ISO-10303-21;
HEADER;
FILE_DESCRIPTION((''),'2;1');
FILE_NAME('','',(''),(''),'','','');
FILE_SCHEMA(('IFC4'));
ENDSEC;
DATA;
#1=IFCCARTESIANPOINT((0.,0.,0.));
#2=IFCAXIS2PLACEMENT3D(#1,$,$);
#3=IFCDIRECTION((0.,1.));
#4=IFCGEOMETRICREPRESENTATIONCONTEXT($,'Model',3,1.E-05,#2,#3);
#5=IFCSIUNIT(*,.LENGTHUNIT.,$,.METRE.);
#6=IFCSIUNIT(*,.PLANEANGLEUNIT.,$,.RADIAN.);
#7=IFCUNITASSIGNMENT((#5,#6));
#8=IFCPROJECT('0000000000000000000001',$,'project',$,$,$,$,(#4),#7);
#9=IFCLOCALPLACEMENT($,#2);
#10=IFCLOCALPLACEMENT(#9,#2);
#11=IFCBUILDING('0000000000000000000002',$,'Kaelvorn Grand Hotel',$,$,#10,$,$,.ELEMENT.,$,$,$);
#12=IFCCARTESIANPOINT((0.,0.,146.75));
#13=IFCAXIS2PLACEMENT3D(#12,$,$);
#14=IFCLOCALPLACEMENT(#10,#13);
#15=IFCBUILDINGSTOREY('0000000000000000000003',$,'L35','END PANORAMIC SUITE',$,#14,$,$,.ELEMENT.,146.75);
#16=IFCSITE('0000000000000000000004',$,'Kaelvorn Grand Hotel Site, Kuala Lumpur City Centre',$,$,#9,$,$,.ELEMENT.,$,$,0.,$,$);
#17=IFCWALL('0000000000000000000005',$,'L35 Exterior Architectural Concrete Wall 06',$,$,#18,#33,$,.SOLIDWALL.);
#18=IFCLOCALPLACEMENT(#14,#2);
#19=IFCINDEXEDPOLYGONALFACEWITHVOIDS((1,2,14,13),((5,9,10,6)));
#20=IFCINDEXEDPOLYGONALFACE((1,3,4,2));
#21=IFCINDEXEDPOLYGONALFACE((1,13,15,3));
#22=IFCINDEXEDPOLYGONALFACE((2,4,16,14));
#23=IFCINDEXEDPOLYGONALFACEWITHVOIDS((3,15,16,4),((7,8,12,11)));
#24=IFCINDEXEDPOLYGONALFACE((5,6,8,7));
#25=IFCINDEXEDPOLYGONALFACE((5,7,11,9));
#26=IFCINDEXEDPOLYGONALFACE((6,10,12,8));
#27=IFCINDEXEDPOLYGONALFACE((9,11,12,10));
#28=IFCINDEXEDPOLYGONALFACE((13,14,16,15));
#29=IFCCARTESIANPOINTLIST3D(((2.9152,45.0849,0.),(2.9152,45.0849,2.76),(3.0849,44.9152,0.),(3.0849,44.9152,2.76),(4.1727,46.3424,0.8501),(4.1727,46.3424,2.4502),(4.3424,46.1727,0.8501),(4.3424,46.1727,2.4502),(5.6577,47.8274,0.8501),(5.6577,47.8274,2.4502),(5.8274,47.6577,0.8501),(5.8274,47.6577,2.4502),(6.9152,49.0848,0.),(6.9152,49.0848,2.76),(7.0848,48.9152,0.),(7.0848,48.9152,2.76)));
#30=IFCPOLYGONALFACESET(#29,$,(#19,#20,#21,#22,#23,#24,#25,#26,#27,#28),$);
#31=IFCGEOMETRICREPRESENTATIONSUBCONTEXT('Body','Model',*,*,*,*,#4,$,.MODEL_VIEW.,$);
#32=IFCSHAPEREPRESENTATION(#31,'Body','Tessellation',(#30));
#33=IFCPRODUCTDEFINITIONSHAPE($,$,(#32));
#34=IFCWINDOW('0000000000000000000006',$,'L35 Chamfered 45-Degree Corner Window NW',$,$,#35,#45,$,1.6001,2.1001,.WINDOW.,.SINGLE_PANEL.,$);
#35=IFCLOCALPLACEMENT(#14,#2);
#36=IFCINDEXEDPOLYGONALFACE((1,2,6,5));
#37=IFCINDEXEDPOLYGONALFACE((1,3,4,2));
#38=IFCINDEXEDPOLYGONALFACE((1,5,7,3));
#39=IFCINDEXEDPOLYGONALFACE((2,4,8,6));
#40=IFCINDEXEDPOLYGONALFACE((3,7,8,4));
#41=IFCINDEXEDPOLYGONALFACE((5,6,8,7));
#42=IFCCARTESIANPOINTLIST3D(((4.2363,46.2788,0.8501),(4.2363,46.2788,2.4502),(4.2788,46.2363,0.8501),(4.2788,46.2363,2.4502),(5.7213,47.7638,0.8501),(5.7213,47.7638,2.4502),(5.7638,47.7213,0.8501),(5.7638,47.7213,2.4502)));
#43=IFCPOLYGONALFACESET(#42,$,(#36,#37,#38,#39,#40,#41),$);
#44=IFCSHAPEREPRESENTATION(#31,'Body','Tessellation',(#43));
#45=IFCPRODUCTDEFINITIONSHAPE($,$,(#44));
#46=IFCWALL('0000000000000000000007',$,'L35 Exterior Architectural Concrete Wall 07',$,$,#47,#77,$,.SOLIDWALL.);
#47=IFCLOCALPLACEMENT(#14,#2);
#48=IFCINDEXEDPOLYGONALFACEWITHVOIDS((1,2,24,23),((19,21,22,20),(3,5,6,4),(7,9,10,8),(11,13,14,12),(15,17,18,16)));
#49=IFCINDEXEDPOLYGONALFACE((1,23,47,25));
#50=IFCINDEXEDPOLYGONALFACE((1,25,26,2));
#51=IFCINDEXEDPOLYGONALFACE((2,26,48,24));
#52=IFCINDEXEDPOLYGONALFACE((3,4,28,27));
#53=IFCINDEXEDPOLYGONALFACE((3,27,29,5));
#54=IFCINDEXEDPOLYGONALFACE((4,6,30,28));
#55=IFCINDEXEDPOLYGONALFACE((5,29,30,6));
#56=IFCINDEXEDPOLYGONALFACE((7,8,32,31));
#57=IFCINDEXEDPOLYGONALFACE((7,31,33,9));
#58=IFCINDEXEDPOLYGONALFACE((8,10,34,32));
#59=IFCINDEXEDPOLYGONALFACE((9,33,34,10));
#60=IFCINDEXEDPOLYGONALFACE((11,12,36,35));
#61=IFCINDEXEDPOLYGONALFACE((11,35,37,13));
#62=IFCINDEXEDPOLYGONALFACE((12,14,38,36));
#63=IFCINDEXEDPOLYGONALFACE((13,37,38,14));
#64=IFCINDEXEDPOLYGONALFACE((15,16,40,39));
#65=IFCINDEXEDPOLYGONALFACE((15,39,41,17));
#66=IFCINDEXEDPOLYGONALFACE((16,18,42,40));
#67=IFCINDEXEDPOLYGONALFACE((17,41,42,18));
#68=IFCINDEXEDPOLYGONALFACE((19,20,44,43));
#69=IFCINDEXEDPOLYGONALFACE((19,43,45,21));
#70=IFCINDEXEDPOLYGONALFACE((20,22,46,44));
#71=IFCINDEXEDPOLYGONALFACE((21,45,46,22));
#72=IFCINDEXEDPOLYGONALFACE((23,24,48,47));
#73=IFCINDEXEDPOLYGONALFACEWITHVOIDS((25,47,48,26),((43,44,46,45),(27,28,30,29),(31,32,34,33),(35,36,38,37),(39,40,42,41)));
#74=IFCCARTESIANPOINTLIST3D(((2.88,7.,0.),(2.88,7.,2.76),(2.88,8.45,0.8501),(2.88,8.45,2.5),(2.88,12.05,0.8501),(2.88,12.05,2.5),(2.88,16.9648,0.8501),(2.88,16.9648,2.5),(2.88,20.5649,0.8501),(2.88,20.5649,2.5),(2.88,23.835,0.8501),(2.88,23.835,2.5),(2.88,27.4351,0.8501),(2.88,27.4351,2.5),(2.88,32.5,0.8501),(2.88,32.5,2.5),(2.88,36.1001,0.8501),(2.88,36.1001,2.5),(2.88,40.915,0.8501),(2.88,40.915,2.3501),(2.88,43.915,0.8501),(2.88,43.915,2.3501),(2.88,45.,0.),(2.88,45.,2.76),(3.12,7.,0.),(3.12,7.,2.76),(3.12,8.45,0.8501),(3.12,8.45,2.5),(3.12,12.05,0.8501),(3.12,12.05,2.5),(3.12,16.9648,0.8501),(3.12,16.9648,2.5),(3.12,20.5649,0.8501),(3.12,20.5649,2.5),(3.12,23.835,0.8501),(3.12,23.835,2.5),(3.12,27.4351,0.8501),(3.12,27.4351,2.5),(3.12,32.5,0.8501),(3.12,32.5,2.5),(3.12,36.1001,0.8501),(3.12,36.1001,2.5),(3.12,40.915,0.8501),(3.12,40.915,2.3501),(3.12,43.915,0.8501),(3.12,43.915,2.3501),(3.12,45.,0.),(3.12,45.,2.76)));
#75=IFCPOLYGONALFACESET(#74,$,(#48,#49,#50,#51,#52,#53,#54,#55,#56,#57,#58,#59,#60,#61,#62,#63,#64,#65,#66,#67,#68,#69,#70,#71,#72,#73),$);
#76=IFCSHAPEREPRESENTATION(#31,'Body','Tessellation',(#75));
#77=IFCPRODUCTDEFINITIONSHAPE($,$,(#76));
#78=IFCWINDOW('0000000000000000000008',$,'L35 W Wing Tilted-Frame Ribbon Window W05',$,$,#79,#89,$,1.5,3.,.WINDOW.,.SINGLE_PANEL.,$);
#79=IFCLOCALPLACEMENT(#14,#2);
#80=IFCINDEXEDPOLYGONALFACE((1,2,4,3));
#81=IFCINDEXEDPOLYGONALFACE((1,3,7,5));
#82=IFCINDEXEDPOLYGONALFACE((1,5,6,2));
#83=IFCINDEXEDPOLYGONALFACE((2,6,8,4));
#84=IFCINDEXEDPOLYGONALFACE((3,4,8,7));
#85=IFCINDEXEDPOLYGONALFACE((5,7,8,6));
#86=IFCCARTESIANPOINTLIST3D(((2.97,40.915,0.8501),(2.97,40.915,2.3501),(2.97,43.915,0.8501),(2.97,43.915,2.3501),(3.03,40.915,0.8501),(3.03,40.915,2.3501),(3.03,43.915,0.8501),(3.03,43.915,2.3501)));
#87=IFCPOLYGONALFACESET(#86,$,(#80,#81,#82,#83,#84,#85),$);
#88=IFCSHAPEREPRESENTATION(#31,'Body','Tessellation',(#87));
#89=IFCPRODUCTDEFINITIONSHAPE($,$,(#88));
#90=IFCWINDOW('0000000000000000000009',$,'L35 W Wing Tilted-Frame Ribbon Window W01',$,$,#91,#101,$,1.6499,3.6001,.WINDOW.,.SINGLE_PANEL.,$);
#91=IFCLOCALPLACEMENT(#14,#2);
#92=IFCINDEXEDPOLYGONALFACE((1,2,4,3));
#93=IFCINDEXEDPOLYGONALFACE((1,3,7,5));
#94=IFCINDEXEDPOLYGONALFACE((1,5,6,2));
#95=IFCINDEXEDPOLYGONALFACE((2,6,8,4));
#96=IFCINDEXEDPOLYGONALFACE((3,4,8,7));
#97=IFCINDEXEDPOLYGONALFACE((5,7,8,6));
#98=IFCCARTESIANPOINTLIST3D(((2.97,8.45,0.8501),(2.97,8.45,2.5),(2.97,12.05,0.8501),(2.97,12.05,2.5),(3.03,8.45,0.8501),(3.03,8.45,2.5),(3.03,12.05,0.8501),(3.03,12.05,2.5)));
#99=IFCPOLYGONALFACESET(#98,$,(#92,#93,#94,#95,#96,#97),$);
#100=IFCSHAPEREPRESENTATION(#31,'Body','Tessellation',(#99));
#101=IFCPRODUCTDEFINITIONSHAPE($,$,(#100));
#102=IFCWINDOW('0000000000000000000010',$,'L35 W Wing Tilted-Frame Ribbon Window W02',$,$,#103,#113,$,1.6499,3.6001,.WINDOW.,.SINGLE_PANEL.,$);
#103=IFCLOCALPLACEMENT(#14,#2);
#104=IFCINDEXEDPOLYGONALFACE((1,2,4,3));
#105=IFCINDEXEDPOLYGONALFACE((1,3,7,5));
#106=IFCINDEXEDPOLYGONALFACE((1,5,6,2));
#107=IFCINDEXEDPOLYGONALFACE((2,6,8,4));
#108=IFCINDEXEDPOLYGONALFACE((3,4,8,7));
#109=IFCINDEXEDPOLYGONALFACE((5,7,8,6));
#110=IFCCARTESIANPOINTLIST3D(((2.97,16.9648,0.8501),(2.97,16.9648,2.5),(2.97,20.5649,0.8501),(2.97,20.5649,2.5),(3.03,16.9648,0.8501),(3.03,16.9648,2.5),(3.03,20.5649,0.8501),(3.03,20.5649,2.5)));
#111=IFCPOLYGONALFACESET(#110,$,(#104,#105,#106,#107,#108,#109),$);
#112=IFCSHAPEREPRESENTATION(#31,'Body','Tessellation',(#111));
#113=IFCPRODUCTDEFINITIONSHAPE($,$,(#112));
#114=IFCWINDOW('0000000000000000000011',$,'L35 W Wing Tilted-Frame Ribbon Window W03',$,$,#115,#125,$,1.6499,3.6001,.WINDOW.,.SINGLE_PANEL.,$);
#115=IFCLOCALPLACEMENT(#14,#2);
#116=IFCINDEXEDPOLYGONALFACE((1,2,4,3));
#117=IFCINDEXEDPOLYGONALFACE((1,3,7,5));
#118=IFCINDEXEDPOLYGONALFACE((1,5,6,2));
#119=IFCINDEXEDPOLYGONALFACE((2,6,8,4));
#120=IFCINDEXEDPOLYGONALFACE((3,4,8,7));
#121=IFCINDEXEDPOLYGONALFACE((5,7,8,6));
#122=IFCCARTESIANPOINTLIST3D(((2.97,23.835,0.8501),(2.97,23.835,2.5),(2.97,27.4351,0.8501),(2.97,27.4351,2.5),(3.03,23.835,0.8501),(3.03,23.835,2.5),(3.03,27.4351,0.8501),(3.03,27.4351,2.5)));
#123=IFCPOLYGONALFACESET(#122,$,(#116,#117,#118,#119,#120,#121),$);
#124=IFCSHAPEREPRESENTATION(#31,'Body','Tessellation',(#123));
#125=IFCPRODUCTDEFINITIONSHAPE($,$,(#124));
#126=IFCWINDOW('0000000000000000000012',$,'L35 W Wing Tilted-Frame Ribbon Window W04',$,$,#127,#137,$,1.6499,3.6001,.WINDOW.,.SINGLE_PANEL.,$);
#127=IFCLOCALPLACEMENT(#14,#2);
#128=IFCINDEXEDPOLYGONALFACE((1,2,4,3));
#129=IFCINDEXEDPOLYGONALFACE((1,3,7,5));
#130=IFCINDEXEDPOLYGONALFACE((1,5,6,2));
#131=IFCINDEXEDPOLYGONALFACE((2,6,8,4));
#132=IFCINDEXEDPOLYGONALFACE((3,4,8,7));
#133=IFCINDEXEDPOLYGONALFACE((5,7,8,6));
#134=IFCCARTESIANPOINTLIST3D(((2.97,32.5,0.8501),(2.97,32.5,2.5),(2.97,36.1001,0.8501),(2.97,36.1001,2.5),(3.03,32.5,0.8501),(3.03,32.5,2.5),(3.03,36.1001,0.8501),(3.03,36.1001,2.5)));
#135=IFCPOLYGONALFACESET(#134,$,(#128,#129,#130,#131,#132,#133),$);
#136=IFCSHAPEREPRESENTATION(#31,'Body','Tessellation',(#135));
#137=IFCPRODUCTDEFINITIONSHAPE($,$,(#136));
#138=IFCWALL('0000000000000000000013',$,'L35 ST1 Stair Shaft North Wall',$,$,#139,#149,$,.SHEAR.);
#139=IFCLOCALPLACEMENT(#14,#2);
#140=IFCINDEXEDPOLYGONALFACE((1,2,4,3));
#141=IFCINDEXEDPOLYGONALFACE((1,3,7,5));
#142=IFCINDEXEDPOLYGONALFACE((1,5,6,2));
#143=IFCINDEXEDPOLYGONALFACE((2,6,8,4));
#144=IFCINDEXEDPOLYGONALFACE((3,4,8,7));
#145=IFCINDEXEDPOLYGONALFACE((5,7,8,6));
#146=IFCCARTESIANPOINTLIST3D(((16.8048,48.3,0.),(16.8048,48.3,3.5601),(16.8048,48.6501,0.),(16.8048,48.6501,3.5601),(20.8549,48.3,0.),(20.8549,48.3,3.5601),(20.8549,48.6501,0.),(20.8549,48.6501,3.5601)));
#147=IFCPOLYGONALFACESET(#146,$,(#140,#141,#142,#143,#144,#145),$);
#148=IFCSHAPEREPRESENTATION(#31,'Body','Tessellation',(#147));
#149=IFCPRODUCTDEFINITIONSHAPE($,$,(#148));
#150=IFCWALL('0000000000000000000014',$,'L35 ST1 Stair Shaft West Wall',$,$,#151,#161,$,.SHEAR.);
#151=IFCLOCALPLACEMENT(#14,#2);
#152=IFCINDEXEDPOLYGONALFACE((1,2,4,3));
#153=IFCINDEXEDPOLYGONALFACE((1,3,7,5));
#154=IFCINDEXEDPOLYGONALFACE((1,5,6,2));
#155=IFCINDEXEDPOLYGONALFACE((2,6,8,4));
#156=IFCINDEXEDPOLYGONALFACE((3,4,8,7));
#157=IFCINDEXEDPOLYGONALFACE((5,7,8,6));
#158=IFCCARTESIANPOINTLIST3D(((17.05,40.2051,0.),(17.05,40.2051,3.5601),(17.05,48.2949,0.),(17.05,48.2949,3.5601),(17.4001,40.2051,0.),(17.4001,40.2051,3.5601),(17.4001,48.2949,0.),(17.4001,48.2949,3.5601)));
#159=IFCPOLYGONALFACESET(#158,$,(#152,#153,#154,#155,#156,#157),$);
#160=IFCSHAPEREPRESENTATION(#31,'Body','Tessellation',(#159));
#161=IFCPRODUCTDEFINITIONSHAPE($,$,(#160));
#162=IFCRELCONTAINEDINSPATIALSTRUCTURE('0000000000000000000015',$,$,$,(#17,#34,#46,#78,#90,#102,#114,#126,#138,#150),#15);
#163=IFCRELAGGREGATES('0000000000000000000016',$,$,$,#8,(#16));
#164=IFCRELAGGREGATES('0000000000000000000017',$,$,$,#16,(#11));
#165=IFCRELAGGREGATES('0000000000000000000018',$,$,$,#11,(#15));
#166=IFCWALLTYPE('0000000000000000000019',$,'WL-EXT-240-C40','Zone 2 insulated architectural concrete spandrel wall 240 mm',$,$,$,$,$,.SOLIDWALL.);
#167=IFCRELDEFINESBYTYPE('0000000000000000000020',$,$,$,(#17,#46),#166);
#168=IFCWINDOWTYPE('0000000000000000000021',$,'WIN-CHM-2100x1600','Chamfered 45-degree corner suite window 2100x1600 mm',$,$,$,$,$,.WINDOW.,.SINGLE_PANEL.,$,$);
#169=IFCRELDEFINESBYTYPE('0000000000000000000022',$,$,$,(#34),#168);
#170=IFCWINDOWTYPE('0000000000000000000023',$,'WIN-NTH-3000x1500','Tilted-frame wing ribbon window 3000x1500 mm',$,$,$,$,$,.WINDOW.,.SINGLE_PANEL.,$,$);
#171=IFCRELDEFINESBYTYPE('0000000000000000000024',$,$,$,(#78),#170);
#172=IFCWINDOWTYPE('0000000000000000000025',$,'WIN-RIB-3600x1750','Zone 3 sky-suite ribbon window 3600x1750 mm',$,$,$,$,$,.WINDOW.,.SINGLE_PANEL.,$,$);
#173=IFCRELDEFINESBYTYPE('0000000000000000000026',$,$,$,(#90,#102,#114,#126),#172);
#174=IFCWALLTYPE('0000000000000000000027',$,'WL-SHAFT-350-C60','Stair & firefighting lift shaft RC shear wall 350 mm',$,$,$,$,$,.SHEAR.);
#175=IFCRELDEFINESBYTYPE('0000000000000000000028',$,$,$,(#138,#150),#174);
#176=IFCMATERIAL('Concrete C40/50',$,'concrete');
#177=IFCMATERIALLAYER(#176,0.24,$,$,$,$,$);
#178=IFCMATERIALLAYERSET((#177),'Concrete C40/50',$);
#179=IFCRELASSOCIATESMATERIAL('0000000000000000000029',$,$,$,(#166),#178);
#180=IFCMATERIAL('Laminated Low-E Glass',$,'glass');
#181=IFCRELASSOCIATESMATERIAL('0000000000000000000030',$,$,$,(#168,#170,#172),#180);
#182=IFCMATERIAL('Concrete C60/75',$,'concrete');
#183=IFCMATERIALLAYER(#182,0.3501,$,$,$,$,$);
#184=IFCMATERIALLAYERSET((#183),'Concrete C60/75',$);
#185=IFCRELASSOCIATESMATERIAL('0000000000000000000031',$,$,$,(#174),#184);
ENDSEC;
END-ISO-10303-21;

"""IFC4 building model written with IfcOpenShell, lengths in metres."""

from ifc_helpers import new_model, si_unit, direction, frame, frame_2d, origin, place, context, subcontext, project, spatial, rectangle, extrude, material, layer, layer_set, type_object, element, fill, save


model = new_model("IFC4")

# Units and contexts
model_context = context("Model", 3, precision=1e-05, world=origin(), true_north=direction((0.0, 1.0)))
body_context = subcontext(model_context, "Body", "Model", "MODEL_VIEW")
ifc_project = project(units=[si_unit("LENGTHUNIT", "METRE"), si_unit("PLANEANGLEUNIT", "RADIAN")], contexts=[model_context])

# Site, building, storey
site_placement = place(None, origin())
site = spatial("IfcSite", under=ifc_project, at=site_placement, Name="Kaelvorn Grand Hotel Site, Kuala Lumpur City Centre", CompositionType="ELEMENT", RefElevation=0.0)
building_placement = place(site_placement, origin())
building = spatial("IfcBuilding", under=site, at=building_placement, Name="Kaelvorn Grand Hotel", CompositionType="ELEMENT")
storey_placement = place(building_placement, frame((0.0, 0.0, 146.75)))
storey = spatial("IfcBuildingStorey", under=building, at=storey_placement, Name="L35", Description="END PANORAMIC SUITE", CompositionType="ELEMENT", Elevation=146.75)

# Shared definitions
ifc_material_1 = material(Name="Concrete C60/75", Category="concrete")

# Wall, opening, window
ifc_material_2 = material(Name="Concrete C40/50", Category="concrete")
ifc_layer_1 = layer(ifc_material_2, 0.24)
ifc_layer_set_1 = layer_set([ifc_layer_1], Name="Concrete C40/50")
wall_type_1 = type_object("IfcWallType", Name="WL-EXT-240-C40", Description="Zone 2 insulated architectural concrete spandrel wall 240 mm", PredefinedType="SOLIDWALL", material=ifc_layer_set_1)
wall_1_placement = place(storey_placement, frame((7.0, 49.0, 0.0), z_axis=(0.0, 0.0, 1.0), x_axis=(-0.707107, -0.707107, 0.0)))
wall_1 = element("IfcWall", 1, at=wall_1_placement, inside=storey, type_object=wall_type_1, Name="L35 Exterior Architectural Concrete Wall 06", PredefinedType="SOLIDWALL", context=body_context, shape_type="SweptSolid", body=[
    extrude(rectangle(XDim=5.6567, YDim=0.24, at=frame_2d((2.8284, 0.0))), origin(), (0.0, 0.0, 1.0), 2.76),
])
opening_1_placement = place(wall_1_placement, frame((1.7783, 0.0, 0.8501)))
opening_1 = element("IfcOpeningElement", 2, at=opening_1_placement, cuts=wall_1, PredefinedType="OPENING", context=body_context, shape_type="SweptSolid", body=[
    extrude(rectangle(XDim=2.1001, YDim=1.6001, at=frame_2d((1.05, 0.8))), frame((0.0, 0.1299, 0.0), z_axis=(0.0, -1.0, 0.0), x_axis=(1.0, 0.0, 0.0)), (0.0, 0.0, 1.0), 0.26),
])
ifc_material_3 = material(Name="Laminated Low-E Glass", Category="glass")
window_type_1 = type_object("IfcWindowType", Name="WIN-CHM-2100x1600", Description="Chamfered 45-degree corner suite window 2100x1600 mm", PartitioningType="SINGLE_PANEL", PredefinedType="WINDOW", material=ifc_material_3)
window_1_placement = place(opening_1_placement, origin())
window_1 = element("IfcWindow", 3, at=window_1_placement, inside=storey, type_object=window_type_1, Name="L35 Chamfered 45-Degree Corner Window NW", OverallHeight=1.6001, OverallWidth=2.1001, PartitioningType="SINGLE_PANEL", PredefinedType="WINDOW", context=body_context, shape_type="SweptSolid", body=[
    extrude(rectangle(XDim=2.1001, YDim=1.6001, at=frame_2d((1.05, 0.8))), frame((0.0, 0.03, 0.0), z_axis=(0.0, -1.0, 0.0), x_axis=(1.0, 0.0, 0.0)), (0.0, 0.0, 1.0), 0.0601),
])
fill(opening_1, window_1)

# Wall, openings, windows
wall_2_placement = place(storey_placement, frame((3.0, 45.0, 0.0), z_axis=(0.0, 0.0, 1.0), x_axis=(0.0, -1.0, 0.0)))
wall_2 = element("IfcWall", 4, at=wall_2_placement, inside=storey, type_object=wall_type_1, Name="L35 Exterior Architectural Concrete Wall 07", PredefinedType="SOLIDWALL", context=body_context, shape_type="SweptSolid", body=[
    extrude(rectangle(XDim=38.0, YDim=0.24, at=frame_2d((19.0, 0.0))), origin(), (0.0, 0.0, 1.0), 2.76),
])
opening_2_placement = place(wall_2_placement, frame((32.95, 0.0, 0.8501)))
opening_2 = element("IfcOpeningElement", 5, at=opening_2_placement, cuts=wall_2, PredefinedType="OPENING", context=body_context, shape_type="SweptSolid", body=[
    extrude(rectangle(XDim=3.6001, YDim=1.6499, at=frame_2d((1.8, 0.825))), frame((0.0, 0.1299, 0.0), z_axis=(0.0, -1.0, 0.0), x_axis=(1.0, 0.0, 0.0)), (0.0, 0.0, 1.0), 0.26),
])
opening_3_placement = place(wall_2_placement, frame((24.4351, 0.0, 0.8501)))
opening_3 = element("IfcOpeningElement", 6, at=opening_3_placement, cuts=wall_2, PredefinedType="OPENING", context=body_context, shape_type="SweptSolid", body=[
    extrude(rectangle(XDim=3.6001, YDim=1.6499, at=frame_2d((1.8, 0.825))), frame((0.0, 0.1299, 0.0), z_axis=(0.0, -1.0, 0.0), x_axis=(1.0, 0.0, 0.0)), (0.0, 0.0, 1.0), 0.26),
])
opening_4_placement = place(wall_2_placement, frame((17.5649, 0.0, 0.8501)))
opening_4 = element("IfcOpeningElement", 7, at=opening_4_placement, cuts=wall_2, PredefinedType="OPENING", context=body_context, shape_type="SweptSolid", body=[
    extrude(rectangle(XDim=3.6001, YDim=1.6499, at=frame_2d((1.8, 0.825))), frame((0.0, 0.1299, 0.0), z_axis=(0.0, -1.0, 0.0), x_axis=(1.0, 0.0, 0.0)), (0.0, 0.0, 1.0), 0.26),
])
opening_5_placement = place(wall_2_placement, frame((8.8999, 0.0, 0.8501)))
opening_5 = element("IfcOpeningElement", 8, at=opening_5_placement, cuts=wall_2, PredefinedType="OPENING", context=body_context, shape_type="SweptSolid", body=[
    extrude(rectangle(XDim=3.6001, YDim=1.6499, at=frame_2d((1.8, 0.825))), frame((0.0, 0.1299, 0.0), z_axis=(0.0, -1.0, 0.0), x_axis=(1.0, 0.0, 0.0)), (0.0, 0.0, 1.0), 0.26),
])
opening_6_placement = place(wall_2_placement, frame((1.085, 0.0, 0.8501)))
opening_6 = element("IfcOpeningElement", 9, at=opening_6_placement, cuts=wall_2, PredefinedType="OPENING", context=body_context, shape_type="SweptSolid", body=[
    extrude(rectangle(XDim=3.0, YDim=1.5, at=frame_2d((1.5, 0.75))), frame((0.0, 0.1299, 0.0), z_axis=(0.0, -1.0, 0.0), x_axis=(1.0, 0.0, 0.0)), (0.0, 0.0, 1.0), 0.26),
])
window_type_2 = type_object("IfcWindowType", Name="WIN-NTH-3000x1500", Description="Tilted-frame wing ribbon window 3000x1500 mm", PartitioningType="SINGLE_PANEL", PredefinedType="WINDOW", material=ifc_material_3)
window_2_placement = place(opening_6_placement, origin())
window_2 = element("IfcWindow", 10, at=window_2_placement, inside=storey, type_object=window_type_2, Name="L35 W Wing Tilted-Frame Ribbon Window W05", OverallHeight=1.5, OverallWidth=3.0, PartitioningType="SINGLE_PANEL", PredefinedType="WINDOW", context=body_context, shape_type="SweptSolid", body=[
    extrude(rectangle(XDim=3.0, YDim=1.5, at=frame_2d((1.5, 0.75))), frame((0.0, 0.03, 0.0), z_axis=(0.0, -1.0, 0.0), x_axis=(1.0, 0.0, 0.0)), (0.0, 0.0, 1.0), 0.0601),
])
fill(opening_6, window_2)
window_type_3 = type_object("IfcWindowType", Name="WIN-RIB-3600x1750", Description="Zone 3 sky-suite ribbon window 3600x1750 mm", PartitioningType="SINGLE_PANEL", PredefinedType="WINDOW", material=ifc_material_3)
window_3_placement = place(opening_2_placement, origin())
window_3 = element("IfcWindow", 11, at=window_3_placement, inside=storey, type_object=window_type_3, Name="L35 W Wing Tilted-Frame Ribbon Window W01", OverallHeight=1.6499, OverallWidth=3.6001, PartitioningType="SINGLE_PANEL", PredefinedType="WINDOW", context=body_context, shape_type="SweptSolid", body=[
    extrude(rectangle(XDim=3.6001, YDim=1.6499, at=frame_2d((1.8, 0.825))), frame((0.0, 0.03, 0.0), z_axis=(0.0, -1.0, 0.0), x_axis=(1.0, 0.0, 0.0)), (0.0, 0.0, 1.0), 0.0601),
])
fill(opening_2, window_3)
window_4_placement = place(opening_3_placement, origin())
window_4 = element("IfcWindow", 12, at=window_4_placement, inside=storey, type_object=window_type_3, Name="L35 W Wing Tilted-Frame Ribbon Window W02", OverallHeight=1.6499, OverallWidth=3.6001, PartitioningType="SINGLE_PANEL", PredefinedType="WINDOW", context=body_context, shape_type="SweptSolid", body=[
    extrude(rectangle(XDim=3.6001, YDim=1.6499, at=frame_2d((1.8, 0.825))), frame((0.0, 0.03, 0.0), z_axis=(0.0, -1.0, 0.0), x_axis=(1.0, 0.0, 0.0)), (0.0, 0.0, 1.0), 0.0601),
])
fill(opening_3, window_4)
window_5_placement = place(opening_4_placement, origin())
window_5 = element("IfcWindow", 13, at=window_5_placement, inside=storey, type_object=window_type_3, Name="L35 W Wing Tilted-Frame Ribbon Window W03", OverallHeight=1.6499, OverallWidth=3.6001, PartitioningType="SINGLE_PANEL", PredefinedType="WINDOW", context=body_context, shape_type="SweptSolid", body=[
    extrude(rectangle(XDim=3.6001, YDim=1.6499, at=frame_2d((1.8, 0.825))), frame((0.0, 0.03, 0.0), z_axis=(0.0, -1.0, 0.0), x_axis=(1.0, 0.0, 0.0)), (0.0, 0.0, 1.0), 0.0601),
])
fill(opening_4, window_5)
window_6_placement = place(opening_5_placement, origin())
window_6 = element("IfcWindow", 14, at=window_6_placement, inside=storey, type_object=window_type_3, Name="L35 W Wing Tilted-Frame Ribbon Window W04", OverallHeight=1.6499, OverallWidth=3.6001, PartitioningType="SINGLE_PANEL", PredefinedType="WINDOW", context=body_context, shape_type="SweptSolid", body=[
    extrude(rectangle(XDim=3.6001, YDim=1.6499, at=frame_2d((1.8, 0.825))), frame((0.0, 0.03, 0.0), z_axis=(0.0, -1.0, 0.0), x_axis=(1.0, 0.0, 0.0)), (0.0, 0.0, 1.0), 0.0601),
])
fill(opening_5, window_6)

# Walls
ifc_layer_2 = layer(ifc_material_1, 0.3501)
ifc_layer_set_2 = layer_set([ifc_layer_2], Name="Concrete C60/75")
wall_type_2 = type_object("IfcWallType", Name="WL-SHAFT-350-C60", Description="Stair & firefighting lift shaft RC shear wall 350 mm", PredefinedType="SHEAR", material=ifc_layer_set_2)
wall_3_placement = place(storey_placement, frame((16.8049, 48.4751, 0.0), z_axis=(0.0, 0.0, 1.0), x_axis=(1.0, 0.0, 0.0)))
element("IfcWall", 15, at=wall_3_placement, inside=storey, type_object=wall_type_2, Name="L35 ST1 Stair Shaft North Wall", PredefinedType="SHEAR", context=body_context, shape_type="SweptSolid", body=[
    extrude(rectangle(XDim=4.05, YDim=0.3501, at=frame_2d((2.0249, 0.0))), origin(), (0.0, 0.0, 1.0), 3.5601),
])
wall_4_placement = place(storey_placement, frame((17.2251, 40.2051, 0.0), z_axis=(0.0, 0.0, 1.0), x_axis=(0.0, 1.0, 0.0)))
element("IfcWall", 16, at=wall_4_placement, inside=storey, type_object=wall_type_2, Name="L35 ST1 Stair Shaft West Wall", PredefinedType="SHEAR", context=body_context, shape_type="SweptSolid", body=[
    extrude(rectangle(XDim=8.0898, YDim=0.3501, at=frame_2d((4.0449, 0.0))), origin(), (0.0, 0.0, 1.0), 3.5601),
])

save(model, "model.ifc")
